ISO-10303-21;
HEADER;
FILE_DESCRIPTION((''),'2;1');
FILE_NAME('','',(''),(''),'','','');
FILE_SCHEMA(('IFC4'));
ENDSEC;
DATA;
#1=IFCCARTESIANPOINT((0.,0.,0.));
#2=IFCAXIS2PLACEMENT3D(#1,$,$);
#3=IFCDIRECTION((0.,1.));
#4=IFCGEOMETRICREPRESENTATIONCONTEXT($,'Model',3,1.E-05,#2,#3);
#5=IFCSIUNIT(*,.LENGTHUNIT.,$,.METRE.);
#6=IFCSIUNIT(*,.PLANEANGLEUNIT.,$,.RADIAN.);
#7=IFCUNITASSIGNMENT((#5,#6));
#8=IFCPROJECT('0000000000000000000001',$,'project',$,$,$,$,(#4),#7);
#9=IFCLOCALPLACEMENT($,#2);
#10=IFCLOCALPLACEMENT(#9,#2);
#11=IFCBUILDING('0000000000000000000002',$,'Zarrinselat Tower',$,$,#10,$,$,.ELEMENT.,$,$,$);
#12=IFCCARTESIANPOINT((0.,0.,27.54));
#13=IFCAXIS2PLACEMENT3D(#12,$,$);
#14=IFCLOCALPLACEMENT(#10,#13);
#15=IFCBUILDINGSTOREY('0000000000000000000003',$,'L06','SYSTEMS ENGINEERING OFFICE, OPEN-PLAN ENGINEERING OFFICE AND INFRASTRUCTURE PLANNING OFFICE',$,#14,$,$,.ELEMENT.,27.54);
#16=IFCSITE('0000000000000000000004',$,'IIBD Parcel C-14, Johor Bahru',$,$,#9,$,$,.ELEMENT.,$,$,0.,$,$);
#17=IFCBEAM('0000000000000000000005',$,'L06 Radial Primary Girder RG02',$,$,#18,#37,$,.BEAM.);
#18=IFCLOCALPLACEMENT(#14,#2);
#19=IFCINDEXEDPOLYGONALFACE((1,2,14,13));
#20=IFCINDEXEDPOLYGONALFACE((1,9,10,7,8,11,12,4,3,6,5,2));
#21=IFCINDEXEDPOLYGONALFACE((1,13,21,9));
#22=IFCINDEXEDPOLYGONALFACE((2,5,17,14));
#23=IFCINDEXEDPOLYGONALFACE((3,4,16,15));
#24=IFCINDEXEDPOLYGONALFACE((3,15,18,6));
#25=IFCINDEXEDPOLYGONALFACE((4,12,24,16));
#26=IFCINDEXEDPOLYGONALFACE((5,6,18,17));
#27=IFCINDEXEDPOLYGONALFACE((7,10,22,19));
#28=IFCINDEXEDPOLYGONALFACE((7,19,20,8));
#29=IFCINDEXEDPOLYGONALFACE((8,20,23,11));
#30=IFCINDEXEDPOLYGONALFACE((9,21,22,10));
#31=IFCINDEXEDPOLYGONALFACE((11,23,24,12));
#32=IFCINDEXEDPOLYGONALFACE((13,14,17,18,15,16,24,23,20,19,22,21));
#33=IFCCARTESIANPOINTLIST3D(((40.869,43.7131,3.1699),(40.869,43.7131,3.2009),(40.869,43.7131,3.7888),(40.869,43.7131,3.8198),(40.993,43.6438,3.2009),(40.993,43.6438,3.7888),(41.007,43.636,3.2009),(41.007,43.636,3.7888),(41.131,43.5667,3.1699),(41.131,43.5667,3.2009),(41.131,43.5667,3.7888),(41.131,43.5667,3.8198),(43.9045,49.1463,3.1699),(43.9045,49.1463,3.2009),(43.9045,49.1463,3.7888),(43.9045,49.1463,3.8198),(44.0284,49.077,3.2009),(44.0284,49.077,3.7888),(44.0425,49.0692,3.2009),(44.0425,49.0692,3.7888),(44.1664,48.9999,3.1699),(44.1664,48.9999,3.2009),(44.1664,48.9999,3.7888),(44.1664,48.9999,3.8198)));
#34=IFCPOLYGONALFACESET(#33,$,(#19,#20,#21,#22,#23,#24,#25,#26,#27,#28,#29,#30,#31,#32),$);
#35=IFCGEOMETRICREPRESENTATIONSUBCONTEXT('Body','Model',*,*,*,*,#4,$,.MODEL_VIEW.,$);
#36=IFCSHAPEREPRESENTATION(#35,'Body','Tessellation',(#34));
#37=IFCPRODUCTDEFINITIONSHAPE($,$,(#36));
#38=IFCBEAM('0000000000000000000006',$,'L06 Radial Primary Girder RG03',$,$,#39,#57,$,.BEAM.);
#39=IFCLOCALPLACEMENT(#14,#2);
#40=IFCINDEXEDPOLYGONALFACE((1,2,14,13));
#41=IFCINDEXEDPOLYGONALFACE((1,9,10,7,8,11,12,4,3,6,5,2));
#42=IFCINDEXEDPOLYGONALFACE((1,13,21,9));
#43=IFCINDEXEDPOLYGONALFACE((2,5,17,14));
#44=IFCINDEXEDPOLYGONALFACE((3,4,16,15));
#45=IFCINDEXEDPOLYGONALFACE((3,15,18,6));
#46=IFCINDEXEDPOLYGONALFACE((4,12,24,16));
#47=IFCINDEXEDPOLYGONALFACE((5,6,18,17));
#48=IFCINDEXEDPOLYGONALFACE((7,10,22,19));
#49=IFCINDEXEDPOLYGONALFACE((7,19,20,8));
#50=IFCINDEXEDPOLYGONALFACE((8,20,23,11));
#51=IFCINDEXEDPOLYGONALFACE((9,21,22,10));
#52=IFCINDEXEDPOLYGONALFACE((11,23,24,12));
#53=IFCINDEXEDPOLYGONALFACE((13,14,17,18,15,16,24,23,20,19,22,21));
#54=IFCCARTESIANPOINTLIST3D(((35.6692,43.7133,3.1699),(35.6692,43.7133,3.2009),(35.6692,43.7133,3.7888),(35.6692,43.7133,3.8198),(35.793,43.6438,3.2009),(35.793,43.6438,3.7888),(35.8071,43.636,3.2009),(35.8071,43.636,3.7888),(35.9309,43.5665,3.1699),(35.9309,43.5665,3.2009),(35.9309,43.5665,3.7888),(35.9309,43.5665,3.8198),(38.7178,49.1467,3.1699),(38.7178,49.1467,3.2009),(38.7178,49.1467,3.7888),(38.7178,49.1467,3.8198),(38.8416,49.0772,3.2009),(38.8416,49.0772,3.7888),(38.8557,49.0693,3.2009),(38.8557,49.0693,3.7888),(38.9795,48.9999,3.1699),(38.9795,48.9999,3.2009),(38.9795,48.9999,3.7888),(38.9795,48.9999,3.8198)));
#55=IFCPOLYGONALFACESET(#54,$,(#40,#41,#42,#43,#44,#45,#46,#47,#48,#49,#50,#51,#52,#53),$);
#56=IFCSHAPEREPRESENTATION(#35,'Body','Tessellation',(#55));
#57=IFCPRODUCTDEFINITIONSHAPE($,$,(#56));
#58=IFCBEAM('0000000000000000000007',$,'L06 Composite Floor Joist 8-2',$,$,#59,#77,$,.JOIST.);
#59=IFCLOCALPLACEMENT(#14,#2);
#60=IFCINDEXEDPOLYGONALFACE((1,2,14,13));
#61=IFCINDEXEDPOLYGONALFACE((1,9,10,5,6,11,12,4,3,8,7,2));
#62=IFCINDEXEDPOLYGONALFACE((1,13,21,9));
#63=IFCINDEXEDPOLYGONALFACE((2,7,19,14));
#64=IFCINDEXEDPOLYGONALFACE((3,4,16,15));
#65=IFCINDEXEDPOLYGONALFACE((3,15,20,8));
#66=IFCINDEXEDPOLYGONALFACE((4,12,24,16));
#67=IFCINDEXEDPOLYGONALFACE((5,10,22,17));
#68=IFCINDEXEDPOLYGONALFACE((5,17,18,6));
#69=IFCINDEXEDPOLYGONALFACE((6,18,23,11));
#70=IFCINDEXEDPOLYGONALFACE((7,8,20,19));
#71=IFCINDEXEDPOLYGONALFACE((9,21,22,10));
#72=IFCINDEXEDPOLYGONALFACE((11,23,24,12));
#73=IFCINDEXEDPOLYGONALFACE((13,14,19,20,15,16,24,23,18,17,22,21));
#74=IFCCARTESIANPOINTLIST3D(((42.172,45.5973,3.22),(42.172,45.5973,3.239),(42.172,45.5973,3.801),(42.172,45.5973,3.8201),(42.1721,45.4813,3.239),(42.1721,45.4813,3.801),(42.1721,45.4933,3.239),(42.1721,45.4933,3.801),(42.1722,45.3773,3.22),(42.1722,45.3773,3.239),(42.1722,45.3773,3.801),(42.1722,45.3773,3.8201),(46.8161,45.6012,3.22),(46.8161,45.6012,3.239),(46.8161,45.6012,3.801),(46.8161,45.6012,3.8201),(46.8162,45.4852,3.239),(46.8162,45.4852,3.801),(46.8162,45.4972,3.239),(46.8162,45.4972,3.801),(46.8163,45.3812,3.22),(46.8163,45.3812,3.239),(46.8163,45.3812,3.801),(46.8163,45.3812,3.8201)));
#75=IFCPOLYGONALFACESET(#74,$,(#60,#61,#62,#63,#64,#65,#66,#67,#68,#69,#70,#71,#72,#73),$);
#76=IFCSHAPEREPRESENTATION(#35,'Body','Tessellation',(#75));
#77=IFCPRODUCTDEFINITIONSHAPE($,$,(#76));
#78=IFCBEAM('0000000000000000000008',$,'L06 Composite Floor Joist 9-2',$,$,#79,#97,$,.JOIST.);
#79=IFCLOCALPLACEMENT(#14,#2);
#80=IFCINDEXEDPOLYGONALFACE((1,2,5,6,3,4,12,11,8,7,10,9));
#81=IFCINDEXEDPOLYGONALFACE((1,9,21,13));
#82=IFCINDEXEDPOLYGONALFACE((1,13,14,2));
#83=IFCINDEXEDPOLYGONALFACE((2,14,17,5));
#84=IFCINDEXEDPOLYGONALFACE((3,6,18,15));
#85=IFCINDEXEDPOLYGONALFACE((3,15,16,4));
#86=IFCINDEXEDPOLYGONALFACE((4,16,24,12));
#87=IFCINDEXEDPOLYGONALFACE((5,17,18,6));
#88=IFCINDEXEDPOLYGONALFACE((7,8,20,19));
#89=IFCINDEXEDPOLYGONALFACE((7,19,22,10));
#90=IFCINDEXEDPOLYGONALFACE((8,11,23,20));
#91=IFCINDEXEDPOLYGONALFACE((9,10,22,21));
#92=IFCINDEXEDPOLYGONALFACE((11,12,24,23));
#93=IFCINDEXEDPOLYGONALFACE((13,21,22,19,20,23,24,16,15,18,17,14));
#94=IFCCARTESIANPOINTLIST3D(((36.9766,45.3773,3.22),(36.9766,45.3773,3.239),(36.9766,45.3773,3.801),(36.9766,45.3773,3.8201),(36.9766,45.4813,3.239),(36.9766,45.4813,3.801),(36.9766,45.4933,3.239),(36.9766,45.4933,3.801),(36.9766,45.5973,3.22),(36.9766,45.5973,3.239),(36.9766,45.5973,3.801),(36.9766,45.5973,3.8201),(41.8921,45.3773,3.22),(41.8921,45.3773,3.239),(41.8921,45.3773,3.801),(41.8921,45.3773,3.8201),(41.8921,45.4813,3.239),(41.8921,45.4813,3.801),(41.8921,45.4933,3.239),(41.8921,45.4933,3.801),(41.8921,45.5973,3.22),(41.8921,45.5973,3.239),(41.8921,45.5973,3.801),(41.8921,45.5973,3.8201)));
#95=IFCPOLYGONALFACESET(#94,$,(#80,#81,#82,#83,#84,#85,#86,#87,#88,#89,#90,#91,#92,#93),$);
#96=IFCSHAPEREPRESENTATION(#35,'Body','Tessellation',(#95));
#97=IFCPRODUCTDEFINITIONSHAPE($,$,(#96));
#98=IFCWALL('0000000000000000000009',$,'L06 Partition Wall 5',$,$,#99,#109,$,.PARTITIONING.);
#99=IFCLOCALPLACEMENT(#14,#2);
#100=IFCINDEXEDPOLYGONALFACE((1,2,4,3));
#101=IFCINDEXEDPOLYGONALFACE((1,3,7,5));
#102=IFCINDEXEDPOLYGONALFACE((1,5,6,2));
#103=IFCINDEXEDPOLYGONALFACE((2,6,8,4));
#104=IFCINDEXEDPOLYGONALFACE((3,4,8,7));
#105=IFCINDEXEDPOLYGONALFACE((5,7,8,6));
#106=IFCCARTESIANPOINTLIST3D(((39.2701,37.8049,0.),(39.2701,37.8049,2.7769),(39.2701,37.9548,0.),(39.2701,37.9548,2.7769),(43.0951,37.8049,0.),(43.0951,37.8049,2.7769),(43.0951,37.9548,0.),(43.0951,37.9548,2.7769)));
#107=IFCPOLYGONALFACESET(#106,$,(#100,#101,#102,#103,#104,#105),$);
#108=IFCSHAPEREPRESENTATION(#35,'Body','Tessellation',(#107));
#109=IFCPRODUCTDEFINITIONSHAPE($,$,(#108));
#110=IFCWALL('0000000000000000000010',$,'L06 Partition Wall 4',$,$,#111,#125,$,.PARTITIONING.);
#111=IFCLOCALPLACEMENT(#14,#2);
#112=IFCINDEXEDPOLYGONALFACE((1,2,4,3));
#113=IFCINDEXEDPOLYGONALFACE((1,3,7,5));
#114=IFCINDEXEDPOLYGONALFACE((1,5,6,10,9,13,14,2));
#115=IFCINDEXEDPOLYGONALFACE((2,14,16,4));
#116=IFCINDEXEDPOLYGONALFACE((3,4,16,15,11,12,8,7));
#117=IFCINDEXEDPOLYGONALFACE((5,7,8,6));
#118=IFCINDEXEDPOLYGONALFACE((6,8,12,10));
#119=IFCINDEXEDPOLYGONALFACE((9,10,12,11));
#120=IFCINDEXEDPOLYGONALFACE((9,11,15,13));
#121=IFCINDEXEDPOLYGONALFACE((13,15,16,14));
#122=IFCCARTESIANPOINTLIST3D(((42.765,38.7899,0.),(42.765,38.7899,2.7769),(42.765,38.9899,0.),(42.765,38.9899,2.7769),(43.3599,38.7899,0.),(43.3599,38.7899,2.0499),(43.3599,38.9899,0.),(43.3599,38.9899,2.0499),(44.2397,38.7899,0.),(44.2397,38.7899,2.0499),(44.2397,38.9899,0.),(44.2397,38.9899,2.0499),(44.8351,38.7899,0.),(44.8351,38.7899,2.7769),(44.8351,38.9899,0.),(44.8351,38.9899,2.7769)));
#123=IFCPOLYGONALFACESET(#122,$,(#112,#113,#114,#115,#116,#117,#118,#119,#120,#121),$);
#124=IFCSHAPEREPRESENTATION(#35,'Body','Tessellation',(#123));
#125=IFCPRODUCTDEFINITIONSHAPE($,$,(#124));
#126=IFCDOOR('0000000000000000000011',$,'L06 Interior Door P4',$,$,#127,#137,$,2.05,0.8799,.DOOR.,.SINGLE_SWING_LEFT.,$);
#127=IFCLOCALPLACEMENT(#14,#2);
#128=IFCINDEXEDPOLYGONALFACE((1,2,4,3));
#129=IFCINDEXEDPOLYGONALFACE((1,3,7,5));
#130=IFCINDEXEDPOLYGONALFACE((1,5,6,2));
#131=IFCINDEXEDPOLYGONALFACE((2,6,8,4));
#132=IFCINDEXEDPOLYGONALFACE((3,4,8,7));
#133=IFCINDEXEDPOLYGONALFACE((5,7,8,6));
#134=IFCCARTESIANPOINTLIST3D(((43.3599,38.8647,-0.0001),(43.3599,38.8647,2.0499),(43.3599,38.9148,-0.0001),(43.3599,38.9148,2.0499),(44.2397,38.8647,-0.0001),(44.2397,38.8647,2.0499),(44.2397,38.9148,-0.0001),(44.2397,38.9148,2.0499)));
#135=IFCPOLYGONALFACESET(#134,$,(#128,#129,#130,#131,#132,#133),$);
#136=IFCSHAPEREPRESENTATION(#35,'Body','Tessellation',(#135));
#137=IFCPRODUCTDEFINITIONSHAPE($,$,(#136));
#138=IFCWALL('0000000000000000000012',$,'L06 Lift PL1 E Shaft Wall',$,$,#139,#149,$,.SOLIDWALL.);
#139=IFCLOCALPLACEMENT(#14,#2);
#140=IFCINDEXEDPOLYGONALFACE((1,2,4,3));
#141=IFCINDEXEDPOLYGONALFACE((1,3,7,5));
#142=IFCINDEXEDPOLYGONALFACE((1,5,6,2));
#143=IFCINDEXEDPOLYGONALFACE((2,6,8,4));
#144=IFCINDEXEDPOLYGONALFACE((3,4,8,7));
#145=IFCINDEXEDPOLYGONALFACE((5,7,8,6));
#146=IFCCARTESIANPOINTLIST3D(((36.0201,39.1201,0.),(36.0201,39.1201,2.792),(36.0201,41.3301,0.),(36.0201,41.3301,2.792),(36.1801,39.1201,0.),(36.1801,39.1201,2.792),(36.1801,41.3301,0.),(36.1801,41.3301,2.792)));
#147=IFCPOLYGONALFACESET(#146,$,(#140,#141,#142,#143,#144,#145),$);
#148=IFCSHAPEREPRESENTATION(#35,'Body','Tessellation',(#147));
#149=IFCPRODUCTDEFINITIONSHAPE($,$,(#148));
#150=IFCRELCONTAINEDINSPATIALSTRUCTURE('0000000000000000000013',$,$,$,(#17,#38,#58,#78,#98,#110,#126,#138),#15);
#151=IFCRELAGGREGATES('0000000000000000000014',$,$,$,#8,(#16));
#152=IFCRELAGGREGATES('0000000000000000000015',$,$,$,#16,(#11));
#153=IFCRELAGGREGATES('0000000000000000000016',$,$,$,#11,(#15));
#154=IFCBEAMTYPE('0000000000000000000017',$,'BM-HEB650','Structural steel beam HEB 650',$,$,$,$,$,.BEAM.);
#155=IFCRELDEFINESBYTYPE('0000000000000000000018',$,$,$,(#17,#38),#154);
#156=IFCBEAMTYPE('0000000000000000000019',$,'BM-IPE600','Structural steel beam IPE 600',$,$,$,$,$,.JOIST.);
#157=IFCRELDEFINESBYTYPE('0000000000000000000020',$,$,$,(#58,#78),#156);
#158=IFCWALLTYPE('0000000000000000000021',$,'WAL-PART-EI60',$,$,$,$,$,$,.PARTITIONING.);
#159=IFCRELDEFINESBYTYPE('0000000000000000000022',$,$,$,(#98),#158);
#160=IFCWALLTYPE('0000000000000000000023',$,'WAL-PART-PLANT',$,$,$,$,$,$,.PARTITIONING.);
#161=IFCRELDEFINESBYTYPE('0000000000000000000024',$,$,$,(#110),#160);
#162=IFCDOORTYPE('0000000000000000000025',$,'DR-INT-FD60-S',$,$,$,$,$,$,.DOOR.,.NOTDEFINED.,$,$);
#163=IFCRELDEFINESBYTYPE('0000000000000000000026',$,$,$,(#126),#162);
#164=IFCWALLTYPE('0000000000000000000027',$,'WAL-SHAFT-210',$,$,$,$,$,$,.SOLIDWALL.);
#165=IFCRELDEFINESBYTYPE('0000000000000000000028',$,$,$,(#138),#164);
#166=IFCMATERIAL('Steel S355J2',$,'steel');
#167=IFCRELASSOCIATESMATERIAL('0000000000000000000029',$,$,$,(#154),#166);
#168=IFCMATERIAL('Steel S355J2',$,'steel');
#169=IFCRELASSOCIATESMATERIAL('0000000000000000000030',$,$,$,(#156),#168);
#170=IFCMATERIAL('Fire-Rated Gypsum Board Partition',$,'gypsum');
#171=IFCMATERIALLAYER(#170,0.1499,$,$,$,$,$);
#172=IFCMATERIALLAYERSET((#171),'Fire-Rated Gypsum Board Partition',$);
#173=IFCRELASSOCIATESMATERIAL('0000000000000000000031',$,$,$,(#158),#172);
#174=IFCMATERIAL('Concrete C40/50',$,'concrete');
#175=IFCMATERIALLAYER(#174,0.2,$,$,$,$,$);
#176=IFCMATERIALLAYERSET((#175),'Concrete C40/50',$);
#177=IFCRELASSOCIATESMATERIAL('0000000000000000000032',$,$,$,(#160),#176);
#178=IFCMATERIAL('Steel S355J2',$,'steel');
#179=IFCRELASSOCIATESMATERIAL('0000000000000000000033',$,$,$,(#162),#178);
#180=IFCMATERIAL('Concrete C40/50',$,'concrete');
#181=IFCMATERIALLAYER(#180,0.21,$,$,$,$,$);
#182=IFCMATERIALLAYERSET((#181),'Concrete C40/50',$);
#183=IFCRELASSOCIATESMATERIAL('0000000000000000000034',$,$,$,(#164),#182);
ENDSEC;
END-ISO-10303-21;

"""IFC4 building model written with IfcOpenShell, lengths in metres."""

from ifc_helpers import new_model, si_unit, direction, frame, frame_2d, origin, origin_2d, place, context, subcontext, project, spatial, rectangle, i_section, extrude, material, layer, layer_set, material_profile, profile_set, type_object, element, fill, save


model = new_model("IFC4")

# Units and contexts
model_context = context("Model", 3, precision=1e-05, world=origin(), true_north=direction((0.0, 1.0)))
body_context = subcontext(model_context, "Body", "Model", "MODEL_VIEW")
ifc_project = project(units=[si_unit("LENGTHUNIT", "METRE"), si_unit("PLANEANGLEUNIT", "RADIAN")], contexts=[model_context])

# Site, building, storey
site_placement = place(None, origin())
site = spatial("IfcSite", under=ifc_project, at=site_placement, Name="IIBD Parcel C-14, Johor Bahru", CompositionType="ELEMENT", RefElevation=0.0)
building_placement = place(site_placement, origin())
building = spatial("IfcBuilding", under=site, at=building_placement, Name="Zarrinselat Tower", CompositionType="ELEMENT")
storey_placement = place(building_placement, frame((0.0, 0.0, 27.54)))
storey = spatial("IfcBuildingStorey", under=building, at=storey_placement, Name="L06", Description="SYSTEMS ENGINEERING OFFICE, OPEN-PLAN ENGINEERING OFFICE AND INFRASTRUCTURE PLANNING OFFICE", CompositionType="ELEMENT", Elevation=27.54)

# Beams
ifc_material_1 = material(Name="Steel S355J2", Category="steel")
ifc_material_profile_1 = material_profile(ifc_material_1, i_section(OverallWidth=0.3, OverallDepth=0.6499, WebThickness=0.0161, FlangeThickness=0.031, at=origin_2d()), Name="HEB 650")
ifc_profile_set_1 = profile_set([ifc_material_profile_1], Name="Steel S355J2")
beam_type_1 = type_object("IfcBeamType", Name="BM-HEB650", Description="Structural steel beam HEB 650", PredefinedType="BEAM", material=ifc_profile_set_1)
beam_1_placement = place(storey_placement, frame((41.0, 43.6399, 3.4949), z_axis=(0.48773, 0.872995, 0.0), x_axis=(-0.872995, 0.48773, 0.0)))
element("IfcBeam", 1, at=beam_1_placement, inside=storey, type_object=beam_type_1, Name="L06 Radial Primary Girder RG02", PredefinedType="BEAM", context=body_context, shape_type="SweptSolid", body=[
    extrude(i_section(OverallWidth=0.3, OverallDepth=0.6499, WebThickness=0.0161, FlangeThickness=0.031, at=origin_2d()), origin(), (0.0, 0.0, 1.0), 6.2236),
])
beam_2_placement = place(storey_placement, frame((35.8, 43.6399, 3.4949), z_axis=(0.489325, 0.872101, 0.0), x_axis=(-0.872101, 0.489325, 0.0)))
element("IfcBeam", 2, at=beam_2_placement, inside=storey, type_object=beam_type_1, Name="L06 Radial Primary Girder RG03", PredefinedType="BEAM", context=body_context, shape_type="SweptSolid", body=[
    extrude(i_section(OverallWidth=0.3, OverallDepth=0.6499, WebThickness=0.0161, FlangeThickness=0.031, at=origin_2d()), origin(), (0.0, 0.0, 1.0), 6.2302),
])
ifc_material_2 = material(Name="Steel S355J2", Category="steel")
ifc_material_profile_2 = material_profile(ifc_material_2, i_section(OverallWidth=0.22, OverallDepth=0.6001, WebThickness=0.012, FlangeThickness=0.019, at=origin_2d()), Name="IPE 600")
ifc_profile_set_2 = profile_set([ifc_material_profile_2], Name="Steel S355J2")
beam_type_2 = type_object("IfcBeamType", Name="BM-IPE600", Description="Structural steel beam IPE 600", PredefinedType="JOIST", material=ifc_profile_set_2)
beam_3_placement = place(storey_placement, frame((42.1721, 45.4873, 3.52), z_axis=(1.0, 0.000841, 0.0), x_axis=(-0.000841, 1.0, 0.0)))
element("IfcBeam", 3, at=beam_3_placement, inside=storey, type_object=beam_type_2, Name="L06 Composite Floor Joist 8-2", PredefinedType="JOIST", context=body_context, shape_type="SweptSolid", body=[
    extrude(i_section(OverallWidth=0.22, OverallDepth=0.6001, WebThickness=0.012, FlangeThickness=0.019, at=origin_2d()), origin(), (0.0, 0.0, 1.0), 4.644),
])
beam_4_placement = place(storey_placement, frame((36.9766, 45.4873, 3.52), z_axis=(1.0, 0.0, 0.0), x_axis=(0.0, 1.0, 0.0)))
element("IfcBeam", 4, at=beam_4_placement, inside=storey, type_object=beam_type_2, Name="L06 Composite Floor Joist 9-2", PredefinedType="JOIST", context=body_context, shape_type="SweptSolid", body=[
    extrude(i_section(OverallWidth=0.22, OverallDepth=0.6001, WebThickness=0.012, FlangeThickness=0.019, at=origin_2d()), origin(), (0.0, 0.0, 1.0), 4.9155),
])

# Wall
ifc_material_3 = material(Name="Fire-Rated Gypsum Board Partition", Category="gypsum")
ifc_layer_1 = layer(ifc_material_3, 0.1499)
ifc_layer_set_1 = layer_set([ifc_layer_1], Name="Fire-Rated Gypsum Board Partition")
wall_type_1 = type_object("IfcWallType", Name="WAL-PART-EI60", PredefinedType="PARTITIONING", material=ifc_layer_set_1)
wall_1_placement = place(storey_placement, frame((39.27, 37.8799, 0.0), z_axis=(0.0, 0.0, 1.0), x_axis=(1.0, 0.0, 0.0)))
element("IfcWall", 5, at=wall_1_placement, inside=storey, type_object=wall_type_1, Name="L06 Partition Wall 5", PredefinedType="PARTITIONING", context=body_context, shape_type="SweptSolid", body=[
    extrude(rectangle(XDim=3.825, YDim=0.1499, at=frame_2d((1.9126, 0.0))), origin(), (0.0, 0.0, 1.0), 2.7769),
])

# Wall, opening, door
ifc_material_4 = material(Name="Concrete C40/50", Category="concrete")
ifc_layer_2 = layer(ifc_material_4, 0.2)
ifc_layer_set_2 = layer_set([ifc_layer_2], Name="Concrete C40/50")
wall_type_2 = type_object("IfcWallType", Name="WAL-PART-PLANT", PredefinedType="PARTITIONING", material=ifc_layer_set_2)
wall_2_placement = place(storey_placement, frame((42.7649, 38.8899, 0.0), z_axis=(0.0, 0.0, 1.0), x_axis=(1.0, 0.0, 0.0)))
wall_2 = element("IfcWall", 6, at=wall_2_placement, inside=storey, type_object=wall_type_2, Name="L06 Partition Wall 4", PredefinedType="PARTITIONING", context=body_context, shape_type="SweptSolid", body=[
    extrude(rectangle(XDim=2.0701, YDim=0.2, at=frame_2d((1.0352, 0.0))), origin(), (0.0, 0.0, 1.0), 2.7769),
])
opening_1_placement = place(wall_2_placement, frame((0.595, 0.0, 0.0)))
opening_1 = element("IfcOpeningElement", 7, at=opening_1_placement, cuts=wall_2, PredefinedType="OPENING", context=body_context, shape_type="SweptSolid", body=[
    extrude(rectangle(XDim=0.8799, YDim=2.05, at=frame_2d((0.4399, 1.0249))), frame((0.0, 0.1099, 0.0), z_axis=(0.0, -1.0, 0.0), x_axis=(1.0, 0.0, 0.0)), (0.0, 0.0, 1.0), 0.22),
])
ifc_material_5 = material(Name="Steel S355J2", Category="steel")
door_type_1 = type_object("IfcDoorType", Name="DR-INT-FD60-S", OperationType="NOTDEFINED", PredefinedType="DOOR", material=ifc_material_5)
door_1_placement = place(opening_1_placement, origin())
door_1 = element("IfcDoor", 8, at=door_1_placement, inside=storey, type_object=door_type_1, Name="L06 Interior Door P4", OperationType="SINGLE_SWING_LEFT", OverallHeight=2.05, OverallWidth=0.8799, PredefinedType="DOOR", context=body_context, shape_type="SweptSolid", body=[
    extrude(rectangle(XDim=0.8799, YDim=2.05, at=frame_2d((0.4399, 1.0249))), frame((0.0, 0.0249, 0.0), z_axis=(0.0, -1.0, 0.0), x_axis=(1.0, 0.0, 0.0)), (0.0, 0.0, 1.0), 0.05),
])
fill(opening_1, door_1)

# Wall
ifc_material_6 = material(Name="Concrete C40/50", Category="concrete")
ifc_layer_3 = layer(ifc_material_6, 0.21)
ifc_layer_set_3 = layer_set([ifc_layer_3], Name="Concrete C40/50")
wall_type_3 = type_object("IfcWallType", Name="WAL-SHAFT-210", PredefinedType="SOLIDWALL", material=ifc_layer_set_3)
wall_3_placement = place(storey_placement, frame((36.1001, 39.1201, 0.0), z_axis=(0.0, 0.0, 1.0), x_axis=(0.0, 1.0, 0.0)))
element("IfcWall", 9, at=wall_3_placement, inside=storey, type_object=wall_type_3, Name="L06 Lift PL1 E Shaft Wall", PredefinedType="SOLIDWALL", context=body_context, shape_type="SweptSolid", body=[
    extrude(rectangle(XDim=2.21, YDim=0.1599, at=frame_2d((1.105, 0.0))), origin(), (0.0, 0.0, 1.0), 2.792),
])

save(model, "model.ifc")
